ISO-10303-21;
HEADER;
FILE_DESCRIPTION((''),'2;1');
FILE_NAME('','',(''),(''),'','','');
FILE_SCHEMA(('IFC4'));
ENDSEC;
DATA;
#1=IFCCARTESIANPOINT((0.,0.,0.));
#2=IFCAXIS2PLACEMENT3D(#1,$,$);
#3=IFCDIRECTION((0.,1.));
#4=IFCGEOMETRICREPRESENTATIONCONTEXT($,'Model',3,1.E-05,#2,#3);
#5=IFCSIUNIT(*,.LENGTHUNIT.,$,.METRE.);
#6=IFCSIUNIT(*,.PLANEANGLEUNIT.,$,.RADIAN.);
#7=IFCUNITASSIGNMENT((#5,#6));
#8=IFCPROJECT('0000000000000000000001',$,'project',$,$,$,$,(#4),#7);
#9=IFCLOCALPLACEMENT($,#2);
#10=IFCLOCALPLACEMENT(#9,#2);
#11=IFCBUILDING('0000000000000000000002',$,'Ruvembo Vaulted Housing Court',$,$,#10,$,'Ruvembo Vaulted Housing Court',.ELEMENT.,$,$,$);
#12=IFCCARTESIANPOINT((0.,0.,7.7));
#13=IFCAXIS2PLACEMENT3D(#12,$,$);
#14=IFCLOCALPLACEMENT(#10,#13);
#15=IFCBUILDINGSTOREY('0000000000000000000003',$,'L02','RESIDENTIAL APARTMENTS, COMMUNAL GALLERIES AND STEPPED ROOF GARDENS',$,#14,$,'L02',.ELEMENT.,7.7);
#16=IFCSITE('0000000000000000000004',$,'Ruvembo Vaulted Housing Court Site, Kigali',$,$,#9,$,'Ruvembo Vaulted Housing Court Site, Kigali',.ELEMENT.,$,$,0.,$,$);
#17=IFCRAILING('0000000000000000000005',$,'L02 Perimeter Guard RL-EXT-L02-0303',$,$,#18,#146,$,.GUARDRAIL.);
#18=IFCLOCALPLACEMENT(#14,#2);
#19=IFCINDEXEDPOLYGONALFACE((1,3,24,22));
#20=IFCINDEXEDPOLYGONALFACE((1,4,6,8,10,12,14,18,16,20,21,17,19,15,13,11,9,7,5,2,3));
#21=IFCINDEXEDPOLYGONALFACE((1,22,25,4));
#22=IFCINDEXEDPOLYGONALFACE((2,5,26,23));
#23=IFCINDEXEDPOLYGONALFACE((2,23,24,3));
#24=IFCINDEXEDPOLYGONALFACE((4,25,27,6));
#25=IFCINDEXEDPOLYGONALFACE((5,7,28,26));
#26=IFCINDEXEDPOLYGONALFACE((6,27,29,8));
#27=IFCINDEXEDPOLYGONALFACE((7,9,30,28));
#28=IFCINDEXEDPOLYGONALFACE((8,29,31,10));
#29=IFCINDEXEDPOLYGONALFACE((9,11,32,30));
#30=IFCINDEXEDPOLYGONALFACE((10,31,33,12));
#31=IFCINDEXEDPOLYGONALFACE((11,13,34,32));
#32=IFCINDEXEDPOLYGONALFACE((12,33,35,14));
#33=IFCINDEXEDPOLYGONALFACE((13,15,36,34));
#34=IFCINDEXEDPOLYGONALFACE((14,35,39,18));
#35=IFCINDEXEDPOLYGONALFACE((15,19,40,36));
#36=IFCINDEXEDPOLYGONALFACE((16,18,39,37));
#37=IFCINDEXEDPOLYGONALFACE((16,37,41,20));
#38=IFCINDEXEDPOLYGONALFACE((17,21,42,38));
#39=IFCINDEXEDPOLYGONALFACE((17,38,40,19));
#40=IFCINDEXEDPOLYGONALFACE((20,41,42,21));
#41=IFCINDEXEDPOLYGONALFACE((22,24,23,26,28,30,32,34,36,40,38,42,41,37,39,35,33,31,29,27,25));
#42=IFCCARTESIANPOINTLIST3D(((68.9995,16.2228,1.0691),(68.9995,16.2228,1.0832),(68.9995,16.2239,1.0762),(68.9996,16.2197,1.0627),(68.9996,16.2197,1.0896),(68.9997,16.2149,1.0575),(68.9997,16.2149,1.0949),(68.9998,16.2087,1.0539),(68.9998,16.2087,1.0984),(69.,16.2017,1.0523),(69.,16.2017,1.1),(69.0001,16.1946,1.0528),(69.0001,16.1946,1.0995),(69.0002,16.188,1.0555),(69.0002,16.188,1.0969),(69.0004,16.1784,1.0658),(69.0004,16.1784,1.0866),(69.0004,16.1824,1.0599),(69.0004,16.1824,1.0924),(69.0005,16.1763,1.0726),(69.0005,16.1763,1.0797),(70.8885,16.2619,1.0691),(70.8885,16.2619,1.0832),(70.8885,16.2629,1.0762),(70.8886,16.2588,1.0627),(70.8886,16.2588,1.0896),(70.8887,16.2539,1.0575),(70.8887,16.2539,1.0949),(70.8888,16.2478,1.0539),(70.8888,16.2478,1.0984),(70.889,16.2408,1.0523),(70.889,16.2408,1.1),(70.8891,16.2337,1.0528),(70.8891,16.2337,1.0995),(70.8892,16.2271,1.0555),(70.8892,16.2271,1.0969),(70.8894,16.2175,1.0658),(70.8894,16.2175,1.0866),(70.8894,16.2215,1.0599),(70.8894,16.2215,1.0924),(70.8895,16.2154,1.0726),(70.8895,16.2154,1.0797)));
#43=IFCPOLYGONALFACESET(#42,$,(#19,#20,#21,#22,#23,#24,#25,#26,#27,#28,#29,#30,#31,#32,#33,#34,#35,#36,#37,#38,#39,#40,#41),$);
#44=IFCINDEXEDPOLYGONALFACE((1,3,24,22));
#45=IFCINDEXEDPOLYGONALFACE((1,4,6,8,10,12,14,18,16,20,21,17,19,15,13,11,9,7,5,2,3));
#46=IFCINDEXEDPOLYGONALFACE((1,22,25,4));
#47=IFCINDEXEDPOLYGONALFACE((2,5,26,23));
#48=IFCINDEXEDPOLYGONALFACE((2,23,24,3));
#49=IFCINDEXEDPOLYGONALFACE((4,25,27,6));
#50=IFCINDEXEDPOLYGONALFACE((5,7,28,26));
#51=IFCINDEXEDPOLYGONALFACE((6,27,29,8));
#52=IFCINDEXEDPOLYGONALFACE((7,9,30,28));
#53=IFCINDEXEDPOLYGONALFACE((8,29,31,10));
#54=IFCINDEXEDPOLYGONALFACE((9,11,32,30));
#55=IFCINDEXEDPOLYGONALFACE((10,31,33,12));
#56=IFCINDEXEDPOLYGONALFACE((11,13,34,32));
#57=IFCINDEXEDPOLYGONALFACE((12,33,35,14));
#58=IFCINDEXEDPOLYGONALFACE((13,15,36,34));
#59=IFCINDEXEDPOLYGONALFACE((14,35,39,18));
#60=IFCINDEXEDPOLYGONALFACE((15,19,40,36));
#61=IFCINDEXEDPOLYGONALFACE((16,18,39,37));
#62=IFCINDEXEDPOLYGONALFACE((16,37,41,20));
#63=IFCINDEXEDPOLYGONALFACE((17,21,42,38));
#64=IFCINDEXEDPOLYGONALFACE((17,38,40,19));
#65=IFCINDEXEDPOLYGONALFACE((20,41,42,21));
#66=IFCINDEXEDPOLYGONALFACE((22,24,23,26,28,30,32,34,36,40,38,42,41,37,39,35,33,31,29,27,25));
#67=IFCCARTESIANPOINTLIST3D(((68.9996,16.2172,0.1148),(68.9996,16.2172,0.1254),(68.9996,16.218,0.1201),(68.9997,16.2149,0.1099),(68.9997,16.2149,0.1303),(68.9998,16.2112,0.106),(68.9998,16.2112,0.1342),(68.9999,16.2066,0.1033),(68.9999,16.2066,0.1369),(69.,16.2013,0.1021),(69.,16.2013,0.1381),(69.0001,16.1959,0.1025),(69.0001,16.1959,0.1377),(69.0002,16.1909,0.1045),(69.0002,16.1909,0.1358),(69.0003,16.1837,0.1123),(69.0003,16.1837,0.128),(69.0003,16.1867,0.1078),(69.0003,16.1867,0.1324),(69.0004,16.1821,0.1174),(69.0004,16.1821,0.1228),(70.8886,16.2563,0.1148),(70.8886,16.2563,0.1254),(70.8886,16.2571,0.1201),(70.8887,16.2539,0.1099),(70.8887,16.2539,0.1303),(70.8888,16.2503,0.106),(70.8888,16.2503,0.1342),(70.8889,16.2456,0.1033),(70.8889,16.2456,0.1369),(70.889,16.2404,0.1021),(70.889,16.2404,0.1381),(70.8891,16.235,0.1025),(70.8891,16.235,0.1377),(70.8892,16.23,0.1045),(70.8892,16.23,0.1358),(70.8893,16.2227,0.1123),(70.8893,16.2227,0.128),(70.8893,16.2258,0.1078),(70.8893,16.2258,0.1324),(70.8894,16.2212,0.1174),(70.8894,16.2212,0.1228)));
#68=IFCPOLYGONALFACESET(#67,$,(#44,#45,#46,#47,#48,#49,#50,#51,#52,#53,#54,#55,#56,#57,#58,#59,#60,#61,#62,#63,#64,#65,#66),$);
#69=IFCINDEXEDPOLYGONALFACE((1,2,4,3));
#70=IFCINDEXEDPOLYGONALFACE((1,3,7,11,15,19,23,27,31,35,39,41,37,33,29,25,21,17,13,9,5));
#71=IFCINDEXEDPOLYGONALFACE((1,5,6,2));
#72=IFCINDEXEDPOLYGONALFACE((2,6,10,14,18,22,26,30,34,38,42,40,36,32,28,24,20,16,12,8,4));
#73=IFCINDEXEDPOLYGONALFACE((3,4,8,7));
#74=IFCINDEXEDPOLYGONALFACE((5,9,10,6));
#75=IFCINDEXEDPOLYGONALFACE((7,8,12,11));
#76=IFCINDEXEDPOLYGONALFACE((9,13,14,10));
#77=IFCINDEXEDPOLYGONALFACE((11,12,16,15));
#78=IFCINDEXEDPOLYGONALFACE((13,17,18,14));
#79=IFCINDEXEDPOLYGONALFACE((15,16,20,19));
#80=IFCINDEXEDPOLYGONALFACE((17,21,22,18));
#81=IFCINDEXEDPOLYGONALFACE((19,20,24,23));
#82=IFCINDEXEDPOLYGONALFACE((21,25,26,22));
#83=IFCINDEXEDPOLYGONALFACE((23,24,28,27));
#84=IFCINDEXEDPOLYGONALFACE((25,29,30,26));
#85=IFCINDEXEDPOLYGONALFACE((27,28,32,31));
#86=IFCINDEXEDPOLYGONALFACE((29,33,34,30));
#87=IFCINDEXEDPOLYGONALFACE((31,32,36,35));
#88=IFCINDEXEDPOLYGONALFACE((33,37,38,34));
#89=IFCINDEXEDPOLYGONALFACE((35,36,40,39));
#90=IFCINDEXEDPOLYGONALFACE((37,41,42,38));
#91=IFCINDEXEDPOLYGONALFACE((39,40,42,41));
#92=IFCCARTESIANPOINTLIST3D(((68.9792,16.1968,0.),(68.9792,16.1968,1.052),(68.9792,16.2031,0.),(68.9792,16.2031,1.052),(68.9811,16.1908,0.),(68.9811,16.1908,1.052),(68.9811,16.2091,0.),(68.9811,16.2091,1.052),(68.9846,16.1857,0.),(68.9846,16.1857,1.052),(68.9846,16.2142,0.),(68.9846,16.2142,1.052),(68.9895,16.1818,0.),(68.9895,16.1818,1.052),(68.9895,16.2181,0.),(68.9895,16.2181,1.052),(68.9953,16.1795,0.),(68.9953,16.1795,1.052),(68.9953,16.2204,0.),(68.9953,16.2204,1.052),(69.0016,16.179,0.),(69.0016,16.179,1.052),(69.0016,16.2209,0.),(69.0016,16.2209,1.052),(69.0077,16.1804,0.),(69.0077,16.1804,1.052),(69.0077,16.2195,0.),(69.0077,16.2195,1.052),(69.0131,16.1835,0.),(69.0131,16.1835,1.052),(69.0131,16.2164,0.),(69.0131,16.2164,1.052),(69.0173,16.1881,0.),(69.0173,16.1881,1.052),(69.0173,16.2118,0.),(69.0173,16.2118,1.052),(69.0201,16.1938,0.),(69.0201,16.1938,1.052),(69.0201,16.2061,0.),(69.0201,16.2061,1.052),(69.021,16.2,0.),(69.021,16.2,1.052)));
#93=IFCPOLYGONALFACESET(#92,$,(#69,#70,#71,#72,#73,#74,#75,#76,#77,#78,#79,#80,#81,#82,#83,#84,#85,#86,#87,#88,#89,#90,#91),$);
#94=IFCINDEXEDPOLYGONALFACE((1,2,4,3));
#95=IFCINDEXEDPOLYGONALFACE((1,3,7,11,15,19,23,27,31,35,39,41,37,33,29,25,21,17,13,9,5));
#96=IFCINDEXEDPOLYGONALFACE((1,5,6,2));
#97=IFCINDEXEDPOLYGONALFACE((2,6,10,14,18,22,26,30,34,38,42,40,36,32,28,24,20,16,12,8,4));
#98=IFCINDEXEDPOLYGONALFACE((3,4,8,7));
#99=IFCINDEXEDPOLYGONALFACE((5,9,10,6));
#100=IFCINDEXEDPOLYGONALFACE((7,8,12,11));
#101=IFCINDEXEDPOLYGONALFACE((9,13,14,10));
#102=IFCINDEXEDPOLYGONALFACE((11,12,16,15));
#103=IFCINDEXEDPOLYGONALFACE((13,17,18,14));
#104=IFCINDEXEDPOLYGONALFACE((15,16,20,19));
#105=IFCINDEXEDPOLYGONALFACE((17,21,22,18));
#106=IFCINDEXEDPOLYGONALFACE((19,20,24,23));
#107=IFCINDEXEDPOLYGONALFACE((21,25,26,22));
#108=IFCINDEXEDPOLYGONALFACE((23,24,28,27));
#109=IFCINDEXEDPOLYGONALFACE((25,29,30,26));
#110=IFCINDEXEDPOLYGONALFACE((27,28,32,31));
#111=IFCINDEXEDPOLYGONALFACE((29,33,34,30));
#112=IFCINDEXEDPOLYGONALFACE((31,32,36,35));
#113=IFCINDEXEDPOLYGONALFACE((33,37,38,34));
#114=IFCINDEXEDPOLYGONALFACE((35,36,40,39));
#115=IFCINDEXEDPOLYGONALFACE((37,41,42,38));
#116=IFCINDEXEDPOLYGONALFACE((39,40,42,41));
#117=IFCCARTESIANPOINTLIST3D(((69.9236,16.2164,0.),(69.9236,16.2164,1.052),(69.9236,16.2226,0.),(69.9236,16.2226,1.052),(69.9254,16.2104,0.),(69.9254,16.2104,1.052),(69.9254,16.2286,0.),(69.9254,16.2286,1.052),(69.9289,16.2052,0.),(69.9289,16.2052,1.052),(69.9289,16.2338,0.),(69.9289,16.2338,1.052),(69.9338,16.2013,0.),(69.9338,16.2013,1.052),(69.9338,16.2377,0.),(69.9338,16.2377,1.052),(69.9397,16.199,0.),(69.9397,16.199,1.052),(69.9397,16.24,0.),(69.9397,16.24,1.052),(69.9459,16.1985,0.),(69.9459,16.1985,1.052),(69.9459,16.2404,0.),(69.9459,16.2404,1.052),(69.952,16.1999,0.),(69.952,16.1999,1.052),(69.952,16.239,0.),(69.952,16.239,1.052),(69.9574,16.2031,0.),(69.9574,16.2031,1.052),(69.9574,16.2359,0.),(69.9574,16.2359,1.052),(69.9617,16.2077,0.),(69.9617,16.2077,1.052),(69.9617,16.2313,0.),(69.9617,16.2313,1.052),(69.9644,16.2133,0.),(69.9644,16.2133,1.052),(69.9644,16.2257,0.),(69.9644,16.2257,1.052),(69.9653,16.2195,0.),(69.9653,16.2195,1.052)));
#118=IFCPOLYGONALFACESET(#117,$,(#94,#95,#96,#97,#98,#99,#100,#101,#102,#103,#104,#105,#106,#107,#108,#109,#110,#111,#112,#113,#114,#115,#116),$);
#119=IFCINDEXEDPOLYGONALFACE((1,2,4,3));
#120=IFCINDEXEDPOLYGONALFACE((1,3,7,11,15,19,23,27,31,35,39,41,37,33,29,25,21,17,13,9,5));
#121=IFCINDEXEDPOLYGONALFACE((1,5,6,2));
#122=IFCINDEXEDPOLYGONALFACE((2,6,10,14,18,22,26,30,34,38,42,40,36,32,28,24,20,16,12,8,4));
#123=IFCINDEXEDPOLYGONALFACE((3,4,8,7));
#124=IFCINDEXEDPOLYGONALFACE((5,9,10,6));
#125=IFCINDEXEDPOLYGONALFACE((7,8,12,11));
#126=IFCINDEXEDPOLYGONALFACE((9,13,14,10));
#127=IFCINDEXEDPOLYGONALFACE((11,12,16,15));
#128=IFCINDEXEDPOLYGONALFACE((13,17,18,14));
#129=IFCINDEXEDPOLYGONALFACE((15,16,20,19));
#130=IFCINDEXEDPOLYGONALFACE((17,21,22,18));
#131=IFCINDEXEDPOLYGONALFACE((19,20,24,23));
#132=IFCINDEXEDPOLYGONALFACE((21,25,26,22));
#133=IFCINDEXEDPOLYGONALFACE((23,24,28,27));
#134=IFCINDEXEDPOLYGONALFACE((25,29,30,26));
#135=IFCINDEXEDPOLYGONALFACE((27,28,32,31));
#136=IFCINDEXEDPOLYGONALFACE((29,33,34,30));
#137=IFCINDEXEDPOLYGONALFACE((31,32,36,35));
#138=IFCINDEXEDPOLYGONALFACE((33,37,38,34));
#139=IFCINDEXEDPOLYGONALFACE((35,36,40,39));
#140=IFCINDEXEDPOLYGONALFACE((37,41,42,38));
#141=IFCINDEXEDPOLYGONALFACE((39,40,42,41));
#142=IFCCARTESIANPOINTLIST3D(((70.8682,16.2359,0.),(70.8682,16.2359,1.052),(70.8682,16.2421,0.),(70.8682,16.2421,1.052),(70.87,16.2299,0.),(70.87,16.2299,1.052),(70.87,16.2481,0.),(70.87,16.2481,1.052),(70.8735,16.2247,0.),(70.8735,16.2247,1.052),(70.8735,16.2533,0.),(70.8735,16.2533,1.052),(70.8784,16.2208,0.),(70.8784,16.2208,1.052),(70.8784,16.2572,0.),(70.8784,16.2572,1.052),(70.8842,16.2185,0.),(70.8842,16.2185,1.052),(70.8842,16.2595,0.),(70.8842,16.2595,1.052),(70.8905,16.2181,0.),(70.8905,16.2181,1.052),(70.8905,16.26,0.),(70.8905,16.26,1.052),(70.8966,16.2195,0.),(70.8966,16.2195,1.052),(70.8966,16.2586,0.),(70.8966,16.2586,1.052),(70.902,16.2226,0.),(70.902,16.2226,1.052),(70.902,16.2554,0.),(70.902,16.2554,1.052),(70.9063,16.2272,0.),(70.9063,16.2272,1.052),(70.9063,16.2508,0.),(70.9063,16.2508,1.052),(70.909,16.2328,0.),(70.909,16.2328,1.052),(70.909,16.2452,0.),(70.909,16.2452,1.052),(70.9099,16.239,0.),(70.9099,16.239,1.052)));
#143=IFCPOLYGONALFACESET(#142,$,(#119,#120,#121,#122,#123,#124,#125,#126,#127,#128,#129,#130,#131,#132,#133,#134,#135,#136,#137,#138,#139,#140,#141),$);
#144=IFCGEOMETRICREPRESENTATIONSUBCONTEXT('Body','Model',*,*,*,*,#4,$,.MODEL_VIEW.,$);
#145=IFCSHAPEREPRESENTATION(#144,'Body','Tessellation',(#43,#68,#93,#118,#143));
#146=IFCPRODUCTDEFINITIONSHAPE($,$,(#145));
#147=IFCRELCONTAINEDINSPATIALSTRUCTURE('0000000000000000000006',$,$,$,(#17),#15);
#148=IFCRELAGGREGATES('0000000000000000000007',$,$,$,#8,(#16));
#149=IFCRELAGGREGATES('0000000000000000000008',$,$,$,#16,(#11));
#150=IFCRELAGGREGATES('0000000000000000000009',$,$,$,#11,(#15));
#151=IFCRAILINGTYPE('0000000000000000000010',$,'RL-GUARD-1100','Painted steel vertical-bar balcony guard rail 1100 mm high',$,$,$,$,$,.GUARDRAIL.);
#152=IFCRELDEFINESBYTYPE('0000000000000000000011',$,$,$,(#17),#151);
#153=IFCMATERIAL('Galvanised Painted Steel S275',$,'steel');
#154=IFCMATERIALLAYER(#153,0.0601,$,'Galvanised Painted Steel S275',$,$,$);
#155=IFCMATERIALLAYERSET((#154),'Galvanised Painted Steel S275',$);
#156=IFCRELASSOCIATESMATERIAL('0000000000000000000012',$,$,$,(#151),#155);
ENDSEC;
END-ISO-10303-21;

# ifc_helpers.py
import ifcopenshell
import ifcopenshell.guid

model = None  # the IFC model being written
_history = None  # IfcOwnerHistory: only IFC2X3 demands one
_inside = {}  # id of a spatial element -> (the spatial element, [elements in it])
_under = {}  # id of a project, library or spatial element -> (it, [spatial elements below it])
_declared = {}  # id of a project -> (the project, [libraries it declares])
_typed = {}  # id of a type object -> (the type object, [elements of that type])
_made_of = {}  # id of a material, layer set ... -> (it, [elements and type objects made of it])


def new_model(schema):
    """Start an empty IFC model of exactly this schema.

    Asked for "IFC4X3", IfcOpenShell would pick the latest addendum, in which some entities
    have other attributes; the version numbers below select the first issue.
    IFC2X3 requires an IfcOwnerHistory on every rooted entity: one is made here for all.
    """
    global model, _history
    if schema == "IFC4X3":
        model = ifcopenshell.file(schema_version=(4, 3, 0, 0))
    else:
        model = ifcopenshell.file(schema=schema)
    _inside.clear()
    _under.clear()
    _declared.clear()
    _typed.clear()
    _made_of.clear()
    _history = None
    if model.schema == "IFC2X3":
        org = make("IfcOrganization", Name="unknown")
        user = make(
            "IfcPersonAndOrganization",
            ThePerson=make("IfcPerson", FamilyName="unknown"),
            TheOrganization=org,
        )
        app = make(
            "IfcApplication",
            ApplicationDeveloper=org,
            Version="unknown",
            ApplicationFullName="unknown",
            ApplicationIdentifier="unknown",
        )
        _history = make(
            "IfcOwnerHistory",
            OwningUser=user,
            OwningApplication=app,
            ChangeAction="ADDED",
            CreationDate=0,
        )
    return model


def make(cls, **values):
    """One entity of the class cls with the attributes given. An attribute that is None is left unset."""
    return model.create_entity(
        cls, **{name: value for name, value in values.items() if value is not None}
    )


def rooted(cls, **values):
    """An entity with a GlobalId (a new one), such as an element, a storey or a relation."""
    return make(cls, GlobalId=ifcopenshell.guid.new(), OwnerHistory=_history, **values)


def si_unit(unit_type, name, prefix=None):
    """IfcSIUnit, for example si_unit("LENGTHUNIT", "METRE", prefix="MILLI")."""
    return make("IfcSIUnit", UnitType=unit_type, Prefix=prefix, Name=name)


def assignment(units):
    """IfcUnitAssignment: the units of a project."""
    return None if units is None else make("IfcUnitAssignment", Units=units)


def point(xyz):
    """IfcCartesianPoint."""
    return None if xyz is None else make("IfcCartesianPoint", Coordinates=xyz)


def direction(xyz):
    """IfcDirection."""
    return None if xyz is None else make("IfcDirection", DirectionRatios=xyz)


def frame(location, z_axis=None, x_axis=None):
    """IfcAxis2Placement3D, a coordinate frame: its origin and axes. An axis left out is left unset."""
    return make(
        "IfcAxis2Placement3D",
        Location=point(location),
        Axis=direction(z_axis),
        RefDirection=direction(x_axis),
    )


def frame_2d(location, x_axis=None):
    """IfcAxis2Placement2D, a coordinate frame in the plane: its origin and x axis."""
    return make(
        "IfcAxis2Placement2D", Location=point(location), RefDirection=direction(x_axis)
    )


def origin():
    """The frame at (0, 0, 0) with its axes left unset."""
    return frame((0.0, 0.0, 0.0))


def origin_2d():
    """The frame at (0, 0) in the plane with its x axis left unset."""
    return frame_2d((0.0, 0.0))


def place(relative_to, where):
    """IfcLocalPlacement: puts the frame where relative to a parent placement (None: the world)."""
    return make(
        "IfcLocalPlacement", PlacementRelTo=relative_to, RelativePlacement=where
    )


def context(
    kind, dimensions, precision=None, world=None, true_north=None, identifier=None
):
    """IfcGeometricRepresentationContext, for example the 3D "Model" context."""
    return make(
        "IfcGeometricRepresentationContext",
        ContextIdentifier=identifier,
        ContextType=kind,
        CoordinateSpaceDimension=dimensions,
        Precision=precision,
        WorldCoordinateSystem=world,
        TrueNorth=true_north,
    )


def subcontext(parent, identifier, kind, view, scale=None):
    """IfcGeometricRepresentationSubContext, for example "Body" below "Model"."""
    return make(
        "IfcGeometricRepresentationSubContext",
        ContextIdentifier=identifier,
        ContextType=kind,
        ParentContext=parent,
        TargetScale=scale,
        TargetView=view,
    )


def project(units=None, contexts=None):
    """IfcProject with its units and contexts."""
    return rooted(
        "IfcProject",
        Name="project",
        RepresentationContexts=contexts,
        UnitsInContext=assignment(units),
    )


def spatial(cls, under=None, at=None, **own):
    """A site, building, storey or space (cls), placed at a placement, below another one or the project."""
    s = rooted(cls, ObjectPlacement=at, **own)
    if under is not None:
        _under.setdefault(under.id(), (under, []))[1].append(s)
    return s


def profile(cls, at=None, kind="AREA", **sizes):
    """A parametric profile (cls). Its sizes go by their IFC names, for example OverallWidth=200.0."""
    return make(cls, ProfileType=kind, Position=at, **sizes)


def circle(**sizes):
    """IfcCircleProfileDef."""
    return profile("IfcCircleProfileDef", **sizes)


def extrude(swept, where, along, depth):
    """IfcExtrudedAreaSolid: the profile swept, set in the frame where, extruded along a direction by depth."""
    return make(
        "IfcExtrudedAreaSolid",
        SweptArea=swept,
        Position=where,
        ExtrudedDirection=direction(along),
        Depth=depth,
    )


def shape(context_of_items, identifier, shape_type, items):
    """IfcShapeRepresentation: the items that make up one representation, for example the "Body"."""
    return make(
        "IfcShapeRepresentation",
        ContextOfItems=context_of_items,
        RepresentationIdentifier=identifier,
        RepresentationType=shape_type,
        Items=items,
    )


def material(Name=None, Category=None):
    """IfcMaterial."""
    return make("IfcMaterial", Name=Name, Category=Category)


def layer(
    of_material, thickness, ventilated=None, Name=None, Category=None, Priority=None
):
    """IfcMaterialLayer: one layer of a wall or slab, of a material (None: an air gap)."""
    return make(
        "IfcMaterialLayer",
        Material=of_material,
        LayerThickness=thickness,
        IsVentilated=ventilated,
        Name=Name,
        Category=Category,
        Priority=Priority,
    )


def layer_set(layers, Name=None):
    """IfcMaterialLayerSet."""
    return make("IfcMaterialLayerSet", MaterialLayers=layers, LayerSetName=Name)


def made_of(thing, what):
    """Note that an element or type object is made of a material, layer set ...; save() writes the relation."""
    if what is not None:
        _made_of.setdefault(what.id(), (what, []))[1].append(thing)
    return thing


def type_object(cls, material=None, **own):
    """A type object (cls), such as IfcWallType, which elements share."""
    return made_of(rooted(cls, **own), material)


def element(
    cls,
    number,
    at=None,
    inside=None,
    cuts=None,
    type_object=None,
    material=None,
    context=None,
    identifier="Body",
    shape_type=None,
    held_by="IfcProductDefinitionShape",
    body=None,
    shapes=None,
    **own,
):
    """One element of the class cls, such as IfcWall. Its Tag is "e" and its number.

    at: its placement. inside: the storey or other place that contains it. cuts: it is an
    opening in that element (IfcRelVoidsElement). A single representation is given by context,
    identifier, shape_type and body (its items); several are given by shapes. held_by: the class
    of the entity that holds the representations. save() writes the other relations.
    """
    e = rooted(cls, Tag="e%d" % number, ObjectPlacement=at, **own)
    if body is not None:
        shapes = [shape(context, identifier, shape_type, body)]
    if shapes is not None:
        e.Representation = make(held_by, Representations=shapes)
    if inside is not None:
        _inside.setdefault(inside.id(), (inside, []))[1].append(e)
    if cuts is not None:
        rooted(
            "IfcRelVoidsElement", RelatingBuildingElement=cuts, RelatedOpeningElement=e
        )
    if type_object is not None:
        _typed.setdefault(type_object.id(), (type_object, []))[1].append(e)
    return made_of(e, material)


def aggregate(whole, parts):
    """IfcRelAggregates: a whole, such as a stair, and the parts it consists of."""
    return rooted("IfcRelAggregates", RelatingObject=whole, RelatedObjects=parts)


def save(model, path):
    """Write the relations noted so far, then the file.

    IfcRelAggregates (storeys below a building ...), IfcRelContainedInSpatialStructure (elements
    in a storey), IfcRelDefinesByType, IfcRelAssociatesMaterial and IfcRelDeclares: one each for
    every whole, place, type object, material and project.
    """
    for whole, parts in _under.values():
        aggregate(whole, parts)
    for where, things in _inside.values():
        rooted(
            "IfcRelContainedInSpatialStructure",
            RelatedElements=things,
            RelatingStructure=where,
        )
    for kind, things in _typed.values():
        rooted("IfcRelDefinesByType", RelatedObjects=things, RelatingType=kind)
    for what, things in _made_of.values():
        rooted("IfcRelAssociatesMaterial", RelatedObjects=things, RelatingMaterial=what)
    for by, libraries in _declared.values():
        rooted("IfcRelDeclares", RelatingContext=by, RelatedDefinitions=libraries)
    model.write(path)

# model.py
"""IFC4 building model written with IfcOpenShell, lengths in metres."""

from ifc_helpers import new_model, si_unit, direction, frame, origin, origin_2d, place, context, subcontext, project, spatial, circle, extrude, material, layer, layer_set, type_object, element, save


model = new_model("IFC4")

# Units and contexts
model_context = context("Model", 3, precision=1e-05, world=origin(), true_north=direction((0.0, 1.0)))
body_context = subcontext(model_context, "Body", "Model", "MODEL_VIEW")
ifc_project = project(units=[si_unit("LENGTHUNIT", "METRE"), si_unit("PLANEANGLEUNIT", "RADIAN")], contexts=[model_context])

# Site, building, storey
site_placement = place(None, origin())
site = spatial("IfcSite", under=ifc_project, at=site_placement, Name="Ruvembo Vaulted Housing Court Site, Kigali", LongName="Ruvembo Vaulted Housing Court Site, Kigali", CompositionType="ELEMENT", RefElevation=0.0)
building_placement = place(site_placement, origin())
building = spatial("IfcBuilding", under=site, at=building_placement, Name="Ruvembo Vaulted Housing Court", LongName="Ruvembo Vaulted Housing Court", CompositionType="ELEMENT")
storey_placement = place(building_placement, frame((0.0, 0.0, 7.7)))
storey = spatial("IfcBuildingStorey", under=building, at=storey_placement, Name="L02", Description="RESIDENTIAL APARTMENTS, COMMUNAL GALLERIES AND STEPPED ROOF GARDENS", LongName="L02", CompositionType="ELEMENT", Elevation=7.7)

# Railing
ifc_material_1 = material(Name="Galvanised Painted Steel S275", Category="steel")
ifc_layer = layer(ifc_material_1, 0.0601, Name="Galvanised Painted Steel S275")
ifc_layer_set = layer_set([ifc_layer], Name="Galvanised Painted Steel S275")
railing_type = type_object("IfcRailingType", Name="RL-GUARD-1100", Description="Painted steel vertical-bar balcony guard rail 1100 mm high", PredefinedType="GUARDRAIL", material=ifc_layer_set)
railing_1_placement = place(storey_placement, frame((69.0, 16.2, 0.0)))
element("IfcRailing", 1, at=railing_1_placement, inside=storey, type_object=railing_type, Name="L02 Perimeter Guard RL-EXT-L02-0303", PredefinedType="GUARDRAIL", context=body_context, shape_type="SweptSolid", body=[
    extrude(circle(Radius=0.0239, at=origin_2d()), frame((0.0, 0.0, 1.0762), z_axis=(0.999786, 0.020675, 0.0), x_axis=(-0.020675, 0.999786, 0.0)), (0.0, 0.0, 1.0), 1.8894),
    extrude(circle(Radius=0.0181, at=origin_2d()), frame((0.0, 0.0, 0.1201), z_axis=(0.999786, 0.020675, 0.0), x_axis=(-0.020675, 0.999786, 0.0)), (0.0, 0.0, 1.0), 1.8894),
    extrude(circle(Radius=0.021, at=origin_2d()), origin(), (0.0, 0.0, 1.0), 1.052),
    extrude(circle(Radius=0.021, at=origin_2d()), frame((0.9443, 0.0195, 0.0)), (0.0, 0.0, 1.0), 1.052),
    extrude(circle(Radius=0.021, at=origin_2d()), frame((1.8889, 0.0391, 0.0)), (0.0, 0.0, 1.0), 1.052),
])

save(model, "model.ifc")
